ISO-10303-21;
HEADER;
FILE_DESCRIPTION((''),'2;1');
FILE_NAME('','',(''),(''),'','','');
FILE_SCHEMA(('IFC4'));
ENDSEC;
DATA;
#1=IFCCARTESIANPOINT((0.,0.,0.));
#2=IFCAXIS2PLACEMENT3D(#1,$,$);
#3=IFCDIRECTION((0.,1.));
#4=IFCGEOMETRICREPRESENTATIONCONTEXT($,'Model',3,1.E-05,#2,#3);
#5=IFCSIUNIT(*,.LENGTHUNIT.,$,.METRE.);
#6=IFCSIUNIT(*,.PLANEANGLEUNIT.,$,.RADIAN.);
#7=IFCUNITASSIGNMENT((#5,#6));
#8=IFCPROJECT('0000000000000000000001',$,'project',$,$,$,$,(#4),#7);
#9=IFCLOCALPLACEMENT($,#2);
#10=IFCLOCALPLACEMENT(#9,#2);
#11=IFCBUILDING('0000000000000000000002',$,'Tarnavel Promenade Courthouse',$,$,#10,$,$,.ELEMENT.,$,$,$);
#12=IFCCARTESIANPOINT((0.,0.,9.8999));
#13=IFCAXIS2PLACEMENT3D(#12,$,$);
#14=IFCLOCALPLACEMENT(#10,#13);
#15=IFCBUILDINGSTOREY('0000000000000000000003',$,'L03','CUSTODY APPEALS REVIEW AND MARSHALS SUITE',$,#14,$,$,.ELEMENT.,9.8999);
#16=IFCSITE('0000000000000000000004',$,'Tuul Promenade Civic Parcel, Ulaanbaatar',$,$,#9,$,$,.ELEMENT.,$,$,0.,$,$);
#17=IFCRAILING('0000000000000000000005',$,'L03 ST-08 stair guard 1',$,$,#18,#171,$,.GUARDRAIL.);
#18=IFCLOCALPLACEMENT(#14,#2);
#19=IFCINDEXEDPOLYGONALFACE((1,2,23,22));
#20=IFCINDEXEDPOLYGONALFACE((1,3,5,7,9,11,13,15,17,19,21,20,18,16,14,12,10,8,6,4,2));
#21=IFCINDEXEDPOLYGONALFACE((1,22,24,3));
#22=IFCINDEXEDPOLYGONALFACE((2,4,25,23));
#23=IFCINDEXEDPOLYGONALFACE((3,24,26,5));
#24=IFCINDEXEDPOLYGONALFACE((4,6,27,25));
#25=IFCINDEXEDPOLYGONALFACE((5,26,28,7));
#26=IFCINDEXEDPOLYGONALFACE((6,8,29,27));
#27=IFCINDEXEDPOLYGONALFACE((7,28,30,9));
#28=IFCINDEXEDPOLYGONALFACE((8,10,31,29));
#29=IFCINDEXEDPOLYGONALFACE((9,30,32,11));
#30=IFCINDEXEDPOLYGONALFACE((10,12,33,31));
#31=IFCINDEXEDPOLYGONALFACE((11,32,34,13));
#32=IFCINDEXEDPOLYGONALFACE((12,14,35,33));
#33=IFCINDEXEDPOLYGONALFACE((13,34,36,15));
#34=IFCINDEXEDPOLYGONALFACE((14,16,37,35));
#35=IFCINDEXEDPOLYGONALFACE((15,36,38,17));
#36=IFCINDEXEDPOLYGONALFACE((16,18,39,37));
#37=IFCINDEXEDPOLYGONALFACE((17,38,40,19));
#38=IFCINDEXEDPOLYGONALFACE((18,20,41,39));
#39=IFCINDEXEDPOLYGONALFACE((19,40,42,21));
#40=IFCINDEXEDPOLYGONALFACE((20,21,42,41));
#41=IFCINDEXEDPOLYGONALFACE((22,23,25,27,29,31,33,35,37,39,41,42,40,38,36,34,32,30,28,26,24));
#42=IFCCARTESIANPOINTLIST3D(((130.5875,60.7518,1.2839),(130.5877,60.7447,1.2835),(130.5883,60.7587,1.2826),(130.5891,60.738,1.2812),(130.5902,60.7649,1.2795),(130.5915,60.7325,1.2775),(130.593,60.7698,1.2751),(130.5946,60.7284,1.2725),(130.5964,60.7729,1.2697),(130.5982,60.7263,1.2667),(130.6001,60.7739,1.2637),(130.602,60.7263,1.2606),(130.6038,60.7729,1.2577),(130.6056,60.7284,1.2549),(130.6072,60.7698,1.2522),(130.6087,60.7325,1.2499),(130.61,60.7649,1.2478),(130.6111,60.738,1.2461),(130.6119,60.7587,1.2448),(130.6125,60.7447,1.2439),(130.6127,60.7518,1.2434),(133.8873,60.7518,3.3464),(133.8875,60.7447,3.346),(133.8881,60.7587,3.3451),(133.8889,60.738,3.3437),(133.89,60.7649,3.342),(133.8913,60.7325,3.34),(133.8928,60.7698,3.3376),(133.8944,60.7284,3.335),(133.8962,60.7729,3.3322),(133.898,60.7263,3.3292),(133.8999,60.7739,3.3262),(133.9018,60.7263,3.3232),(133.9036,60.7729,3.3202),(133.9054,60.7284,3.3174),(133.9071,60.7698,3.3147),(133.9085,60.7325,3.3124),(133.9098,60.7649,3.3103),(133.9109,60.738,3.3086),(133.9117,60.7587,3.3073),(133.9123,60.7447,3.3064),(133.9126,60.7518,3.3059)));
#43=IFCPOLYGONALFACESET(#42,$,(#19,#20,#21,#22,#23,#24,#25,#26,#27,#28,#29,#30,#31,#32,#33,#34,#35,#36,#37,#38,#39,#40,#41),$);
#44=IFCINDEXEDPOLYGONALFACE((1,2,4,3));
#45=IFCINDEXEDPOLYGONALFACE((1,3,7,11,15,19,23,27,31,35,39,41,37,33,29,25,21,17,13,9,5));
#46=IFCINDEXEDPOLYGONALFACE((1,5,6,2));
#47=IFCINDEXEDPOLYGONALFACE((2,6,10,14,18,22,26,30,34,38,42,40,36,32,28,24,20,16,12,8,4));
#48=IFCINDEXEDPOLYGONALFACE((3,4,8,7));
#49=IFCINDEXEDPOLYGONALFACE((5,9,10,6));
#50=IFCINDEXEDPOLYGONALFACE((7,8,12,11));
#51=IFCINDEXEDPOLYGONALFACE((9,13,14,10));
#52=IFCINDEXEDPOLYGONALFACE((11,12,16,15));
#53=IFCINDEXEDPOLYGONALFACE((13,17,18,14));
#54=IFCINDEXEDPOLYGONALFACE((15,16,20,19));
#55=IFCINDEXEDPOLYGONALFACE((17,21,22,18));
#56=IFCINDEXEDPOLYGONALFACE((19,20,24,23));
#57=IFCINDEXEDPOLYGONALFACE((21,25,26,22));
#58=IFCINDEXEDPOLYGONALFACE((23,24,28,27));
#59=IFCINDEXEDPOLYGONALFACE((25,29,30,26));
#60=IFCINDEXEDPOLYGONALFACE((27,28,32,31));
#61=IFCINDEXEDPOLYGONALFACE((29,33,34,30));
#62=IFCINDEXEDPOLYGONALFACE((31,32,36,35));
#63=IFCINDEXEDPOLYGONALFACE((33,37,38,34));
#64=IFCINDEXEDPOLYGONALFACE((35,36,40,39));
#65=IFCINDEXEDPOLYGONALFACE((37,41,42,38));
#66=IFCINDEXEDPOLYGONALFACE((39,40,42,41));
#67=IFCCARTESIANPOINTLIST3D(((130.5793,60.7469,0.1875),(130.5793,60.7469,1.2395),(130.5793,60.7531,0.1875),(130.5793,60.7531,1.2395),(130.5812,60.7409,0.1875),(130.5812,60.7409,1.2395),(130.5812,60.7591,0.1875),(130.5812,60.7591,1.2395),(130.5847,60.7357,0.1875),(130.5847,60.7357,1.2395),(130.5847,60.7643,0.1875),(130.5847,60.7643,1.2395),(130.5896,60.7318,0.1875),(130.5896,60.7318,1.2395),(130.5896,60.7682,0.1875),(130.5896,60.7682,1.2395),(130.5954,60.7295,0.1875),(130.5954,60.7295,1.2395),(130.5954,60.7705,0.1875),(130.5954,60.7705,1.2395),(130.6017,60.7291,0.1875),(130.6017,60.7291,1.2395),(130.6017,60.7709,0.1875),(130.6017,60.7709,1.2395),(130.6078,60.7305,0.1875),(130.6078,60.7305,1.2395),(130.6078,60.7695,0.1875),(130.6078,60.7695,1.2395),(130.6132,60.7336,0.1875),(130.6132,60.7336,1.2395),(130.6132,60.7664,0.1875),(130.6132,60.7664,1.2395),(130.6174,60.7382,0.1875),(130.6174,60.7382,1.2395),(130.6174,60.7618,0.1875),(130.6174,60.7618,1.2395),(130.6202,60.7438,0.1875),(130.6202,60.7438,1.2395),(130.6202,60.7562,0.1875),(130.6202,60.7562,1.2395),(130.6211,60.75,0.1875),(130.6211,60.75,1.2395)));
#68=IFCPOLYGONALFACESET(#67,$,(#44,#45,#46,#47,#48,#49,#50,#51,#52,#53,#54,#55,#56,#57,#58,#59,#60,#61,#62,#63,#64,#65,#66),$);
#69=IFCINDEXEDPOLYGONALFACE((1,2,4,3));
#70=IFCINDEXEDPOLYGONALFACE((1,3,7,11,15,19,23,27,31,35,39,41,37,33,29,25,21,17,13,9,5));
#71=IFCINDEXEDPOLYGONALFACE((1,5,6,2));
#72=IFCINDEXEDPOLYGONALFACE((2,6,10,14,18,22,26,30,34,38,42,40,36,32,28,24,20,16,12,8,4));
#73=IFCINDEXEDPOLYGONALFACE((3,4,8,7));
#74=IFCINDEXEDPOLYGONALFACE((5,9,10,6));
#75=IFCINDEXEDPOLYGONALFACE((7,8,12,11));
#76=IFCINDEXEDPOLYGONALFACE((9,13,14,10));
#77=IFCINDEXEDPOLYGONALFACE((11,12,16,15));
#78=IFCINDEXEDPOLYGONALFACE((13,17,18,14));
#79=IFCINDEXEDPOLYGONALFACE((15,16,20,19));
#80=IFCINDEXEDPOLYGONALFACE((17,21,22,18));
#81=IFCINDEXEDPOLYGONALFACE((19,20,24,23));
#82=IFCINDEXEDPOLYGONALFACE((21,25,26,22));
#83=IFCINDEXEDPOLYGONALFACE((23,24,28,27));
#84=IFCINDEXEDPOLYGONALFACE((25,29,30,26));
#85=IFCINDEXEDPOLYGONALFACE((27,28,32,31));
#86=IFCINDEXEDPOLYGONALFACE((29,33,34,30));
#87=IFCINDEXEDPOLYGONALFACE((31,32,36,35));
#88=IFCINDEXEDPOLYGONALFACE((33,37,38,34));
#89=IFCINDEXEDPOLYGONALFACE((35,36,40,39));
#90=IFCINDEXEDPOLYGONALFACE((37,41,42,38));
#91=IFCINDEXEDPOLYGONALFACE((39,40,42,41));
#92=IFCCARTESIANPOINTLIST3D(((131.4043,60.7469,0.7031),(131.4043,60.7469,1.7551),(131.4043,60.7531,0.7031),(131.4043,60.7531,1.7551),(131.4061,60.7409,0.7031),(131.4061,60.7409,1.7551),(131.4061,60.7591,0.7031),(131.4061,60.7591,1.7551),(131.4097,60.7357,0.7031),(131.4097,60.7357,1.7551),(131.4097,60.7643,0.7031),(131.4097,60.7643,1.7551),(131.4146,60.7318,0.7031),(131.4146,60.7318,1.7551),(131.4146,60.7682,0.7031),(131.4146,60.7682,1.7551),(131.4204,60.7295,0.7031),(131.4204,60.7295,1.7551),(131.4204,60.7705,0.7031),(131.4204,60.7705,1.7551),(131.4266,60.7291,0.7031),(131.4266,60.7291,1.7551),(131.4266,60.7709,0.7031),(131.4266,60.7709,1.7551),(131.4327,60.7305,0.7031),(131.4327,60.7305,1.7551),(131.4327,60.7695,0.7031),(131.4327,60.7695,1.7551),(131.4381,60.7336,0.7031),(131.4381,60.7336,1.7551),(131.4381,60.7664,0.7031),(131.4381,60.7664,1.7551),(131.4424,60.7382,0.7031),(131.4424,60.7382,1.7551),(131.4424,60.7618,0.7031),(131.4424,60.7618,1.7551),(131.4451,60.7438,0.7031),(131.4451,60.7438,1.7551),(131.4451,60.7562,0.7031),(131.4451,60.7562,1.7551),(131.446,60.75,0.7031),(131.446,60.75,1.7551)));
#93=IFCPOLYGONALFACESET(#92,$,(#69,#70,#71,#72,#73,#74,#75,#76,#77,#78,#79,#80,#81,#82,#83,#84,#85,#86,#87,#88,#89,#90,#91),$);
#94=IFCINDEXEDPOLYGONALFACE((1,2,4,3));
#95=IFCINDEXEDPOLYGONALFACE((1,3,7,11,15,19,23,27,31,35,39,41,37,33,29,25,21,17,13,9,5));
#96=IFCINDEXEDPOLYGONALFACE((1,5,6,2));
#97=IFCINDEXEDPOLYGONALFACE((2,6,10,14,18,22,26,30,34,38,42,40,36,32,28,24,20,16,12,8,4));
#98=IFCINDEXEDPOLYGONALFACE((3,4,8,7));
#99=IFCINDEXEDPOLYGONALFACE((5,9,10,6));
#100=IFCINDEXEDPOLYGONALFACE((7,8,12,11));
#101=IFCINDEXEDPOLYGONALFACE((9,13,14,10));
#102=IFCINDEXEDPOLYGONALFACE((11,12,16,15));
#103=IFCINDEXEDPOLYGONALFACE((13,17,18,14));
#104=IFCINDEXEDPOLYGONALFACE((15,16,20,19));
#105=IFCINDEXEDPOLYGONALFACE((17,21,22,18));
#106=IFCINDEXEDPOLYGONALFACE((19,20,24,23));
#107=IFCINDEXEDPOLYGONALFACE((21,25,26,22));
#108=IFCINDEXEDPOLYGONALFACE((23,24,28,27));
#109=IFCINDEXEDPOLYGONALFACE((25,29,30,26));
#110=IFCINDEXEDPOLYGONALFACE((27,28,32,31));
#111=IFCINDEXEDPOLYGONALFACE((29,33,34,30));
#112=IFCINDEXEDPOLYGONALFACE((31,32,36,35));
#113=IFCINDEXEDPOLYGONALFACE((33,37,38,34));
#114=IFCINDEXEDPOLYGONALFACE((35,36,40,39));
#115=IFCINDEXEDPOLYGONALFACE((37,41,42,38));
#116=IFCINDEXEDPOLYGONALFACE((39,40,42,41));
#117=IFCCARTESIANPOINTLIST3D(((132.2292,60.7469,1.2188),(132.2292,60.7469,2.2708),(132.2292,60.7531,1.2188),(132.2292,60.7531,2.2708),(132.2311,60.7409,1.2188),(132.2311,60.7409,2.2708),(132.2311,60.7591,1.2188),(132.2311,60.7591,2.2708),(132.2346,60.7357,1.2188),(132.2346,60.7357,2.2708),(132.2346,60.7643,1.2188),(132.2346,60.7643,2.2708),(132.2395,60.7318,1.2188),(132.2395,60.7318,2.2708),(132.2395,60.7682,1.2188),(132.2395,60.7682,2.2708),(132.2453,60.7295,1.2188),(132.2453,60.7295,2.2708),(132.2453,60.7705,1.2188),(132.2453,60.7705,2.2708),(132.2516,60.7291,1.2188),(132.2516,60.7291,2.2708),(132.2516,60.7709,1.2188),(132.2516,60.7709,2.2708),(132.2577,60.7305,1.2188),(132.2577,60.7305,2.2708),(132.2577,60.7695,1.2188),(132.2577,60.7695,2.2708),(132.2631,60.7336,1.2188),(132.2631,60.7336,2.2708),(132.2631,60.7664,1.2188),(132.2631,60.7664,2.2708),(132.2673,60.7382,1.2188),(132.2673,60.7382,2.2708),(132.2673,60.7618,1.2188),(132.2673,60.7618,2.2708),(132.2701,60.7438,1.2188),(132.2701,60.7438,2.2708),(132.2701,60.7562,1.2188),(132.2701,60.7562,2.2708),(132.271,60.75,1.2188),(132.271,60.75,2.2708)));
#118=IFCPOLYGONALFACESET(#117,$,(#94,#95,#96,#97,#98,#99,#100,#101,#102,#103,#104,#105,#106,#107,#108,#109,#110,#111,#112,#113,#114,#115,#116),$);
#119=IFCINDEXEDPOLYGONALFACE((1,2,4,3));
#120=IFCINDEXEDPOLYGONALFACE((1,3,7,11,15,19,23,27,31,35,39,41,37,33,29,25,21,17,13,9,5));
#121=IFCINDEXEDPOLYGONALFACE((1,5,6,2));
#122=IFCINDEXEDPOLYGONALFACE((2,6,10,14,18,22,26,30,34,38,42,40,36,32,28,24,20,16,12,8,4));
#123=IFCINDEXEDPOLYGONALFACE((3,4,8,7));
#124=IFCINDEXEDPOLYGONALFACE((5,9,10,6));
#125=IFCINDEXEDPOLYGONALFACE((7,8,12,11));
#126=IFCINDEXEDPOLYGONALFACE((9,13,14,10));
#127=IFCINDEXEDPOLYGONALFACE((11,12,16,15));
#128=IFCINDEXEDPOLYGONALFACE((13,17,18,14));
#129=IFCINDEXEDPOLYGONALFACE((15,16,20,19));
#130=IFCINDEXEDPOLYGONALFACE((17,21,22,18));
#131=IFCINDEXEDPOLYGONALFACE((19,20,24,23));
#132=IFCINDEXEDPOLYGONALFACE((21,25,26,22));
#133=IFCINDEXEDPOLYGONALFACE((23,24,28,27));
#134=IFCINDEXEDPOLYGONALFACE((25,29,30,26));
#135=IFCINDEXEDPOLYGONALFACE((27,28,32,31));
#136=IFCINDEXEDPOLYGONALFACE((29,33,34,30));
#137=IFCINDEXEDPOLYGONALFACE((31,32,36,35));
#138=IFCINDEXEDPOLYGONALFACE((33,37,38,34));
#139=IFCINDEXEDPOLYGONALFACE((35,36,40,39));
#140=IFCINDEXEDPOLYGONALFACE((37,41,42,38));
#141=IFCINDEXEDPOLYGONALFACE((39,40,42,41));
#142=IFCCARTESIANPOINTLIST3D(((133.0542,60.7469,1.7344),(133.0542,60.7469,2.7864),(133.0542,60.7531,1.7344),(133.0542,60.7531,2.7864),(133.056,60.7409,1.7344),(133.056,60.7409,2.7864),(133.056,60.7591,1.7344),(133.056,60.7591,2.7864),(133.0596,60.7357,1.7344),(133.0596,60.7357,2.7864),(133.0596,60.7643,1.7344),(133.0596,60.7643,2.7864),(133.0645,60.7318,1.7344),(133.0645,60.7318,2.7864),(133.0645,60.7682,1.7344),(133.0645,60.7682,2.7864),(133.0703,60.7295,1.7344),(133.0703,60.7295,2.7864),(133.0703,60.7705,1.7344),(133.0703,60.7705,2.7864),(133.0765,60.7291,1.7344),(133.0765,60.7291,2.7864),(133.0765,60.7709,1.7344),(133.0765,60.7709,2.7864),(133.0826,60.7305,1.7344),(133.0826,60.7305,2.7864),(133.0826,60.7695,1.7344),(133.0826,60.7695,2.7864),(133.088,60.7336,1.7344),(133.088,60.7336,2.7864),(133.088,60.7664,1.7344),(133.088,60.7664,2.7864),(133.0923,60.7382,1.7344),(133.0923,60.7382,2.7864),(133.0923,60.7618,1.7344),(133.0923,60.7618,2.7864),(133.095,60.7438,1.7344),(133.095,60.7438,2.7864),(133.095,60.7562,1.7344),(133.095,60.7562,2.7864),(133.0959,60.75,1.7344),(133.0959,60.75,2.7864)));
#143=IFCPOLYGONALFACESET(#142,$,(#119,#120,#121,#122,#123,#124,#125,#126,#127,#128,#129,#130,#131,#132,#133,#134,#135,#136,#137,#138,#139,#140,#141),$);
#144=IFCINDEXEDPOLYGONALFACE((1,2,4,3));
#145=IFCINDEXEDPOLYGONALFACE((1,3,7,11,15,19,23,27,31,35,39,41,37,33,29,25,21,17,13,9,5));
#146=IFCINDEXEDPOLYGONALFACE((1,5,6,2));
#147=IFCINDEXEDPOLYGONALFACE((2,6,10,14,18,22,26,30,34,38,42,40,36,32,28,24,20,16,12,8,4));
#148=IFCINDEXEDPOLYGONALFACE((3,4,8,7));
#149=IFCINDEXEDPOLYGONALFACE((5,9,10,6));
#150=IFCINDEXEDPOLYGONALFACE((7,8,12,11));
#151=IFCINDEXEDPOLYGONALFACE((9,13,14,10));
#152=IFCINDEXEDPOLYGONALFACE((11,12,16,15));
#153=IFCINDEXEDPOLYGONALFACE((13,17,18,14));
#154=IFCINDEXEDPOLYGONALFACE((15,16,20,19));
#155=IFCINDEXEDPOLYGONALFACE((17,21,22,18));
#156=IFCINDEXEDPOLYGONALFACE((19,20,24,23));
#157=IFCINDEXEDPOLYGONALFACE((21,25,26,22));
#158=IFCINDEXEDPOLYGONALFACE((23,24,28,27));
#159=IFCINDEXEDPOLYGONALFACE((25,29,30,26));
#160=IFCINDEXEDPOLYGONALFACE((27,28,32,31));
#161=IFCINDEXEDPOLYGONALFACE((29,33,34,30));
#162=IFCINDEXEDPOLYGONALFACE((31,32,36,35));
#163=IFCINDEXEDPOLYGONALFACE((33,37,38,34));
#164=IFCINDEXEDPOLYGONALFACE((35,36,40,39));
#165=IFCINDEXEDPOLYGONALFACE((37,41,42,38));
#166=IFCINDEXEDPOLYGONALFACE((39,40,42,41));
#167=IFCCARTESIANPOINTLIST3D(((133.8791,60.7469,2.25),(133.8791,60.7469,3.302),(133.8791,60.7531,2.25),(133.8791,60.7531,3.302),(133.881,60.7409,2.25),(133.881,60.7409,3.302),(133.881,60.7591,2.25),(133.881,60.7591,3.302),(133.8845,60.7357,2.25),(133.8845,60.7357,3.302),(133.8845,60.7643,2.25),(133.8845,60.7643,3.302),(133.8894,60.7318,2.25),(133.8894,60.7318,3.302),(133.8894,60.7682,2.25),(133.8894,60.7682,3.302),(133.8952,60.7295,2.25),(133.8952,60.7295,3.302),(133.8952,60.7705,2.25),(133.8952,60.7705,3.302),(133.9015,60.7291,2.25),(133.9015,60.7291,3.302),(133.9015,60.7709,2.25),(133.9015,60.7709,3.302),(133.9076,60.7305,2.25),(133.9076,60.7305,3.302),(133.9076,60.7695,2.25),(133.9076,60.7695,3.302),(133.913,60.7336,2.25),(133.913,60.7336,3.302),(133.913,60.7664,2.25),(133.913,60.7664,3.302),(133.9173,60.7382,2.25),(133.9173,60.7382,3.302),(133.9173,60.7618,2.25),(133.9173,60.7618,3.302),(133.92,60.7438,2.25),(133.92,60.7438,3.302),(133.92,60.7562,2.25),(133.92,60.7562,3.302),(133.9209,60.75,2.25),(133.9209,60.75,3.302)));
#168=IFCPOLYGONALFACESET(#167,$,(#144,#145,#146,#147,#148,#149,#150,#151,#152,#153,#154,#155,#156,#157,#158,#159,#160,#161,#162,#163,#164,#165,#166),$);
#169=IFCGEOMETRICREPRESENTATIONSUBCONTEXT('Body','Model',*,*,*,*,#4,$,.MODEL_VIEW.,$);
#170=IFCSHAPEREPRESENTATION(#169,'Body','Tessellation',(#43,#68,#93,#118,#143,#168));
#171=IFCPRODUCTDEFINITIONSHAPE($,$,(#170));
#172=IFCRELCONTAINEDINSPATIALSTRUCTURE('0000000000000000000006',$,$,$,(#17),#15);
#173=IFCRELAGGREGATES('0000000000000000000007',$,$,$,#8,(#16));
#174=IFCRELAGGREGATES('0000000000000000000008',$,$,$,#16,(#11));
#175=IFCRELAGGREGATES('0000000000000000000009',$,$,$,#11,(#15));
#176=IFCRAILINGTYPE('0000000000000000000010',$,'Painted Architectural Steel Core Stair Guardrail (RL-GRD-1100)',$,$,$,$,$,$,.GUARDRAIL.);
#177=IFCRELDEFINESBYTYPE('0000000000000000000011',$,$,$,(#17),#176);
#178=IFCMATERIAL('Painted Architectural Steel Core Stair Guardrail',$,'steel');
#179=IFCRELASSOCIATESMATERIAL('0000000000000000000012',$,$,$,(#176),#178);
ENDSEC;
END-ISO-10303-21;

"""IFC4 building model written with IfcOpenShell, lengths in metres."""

from ifc_helpers import new_model, si_unit, direction, frame, origin, origin_2d, place, context, subcontext, project, spatial, circle, extrude, material, type_object, element, save


model = new_model("IFC4")

# Units and contexts
model_context = context("Model", 3, precision=1e-05, world=origin(), true_north=direction((0.0, 1.0)))
body_context = subcontext(model_context, "Body", "Model", "MODEL_VIEW")
ifc_project = project(units=[si_unit("LENGTHUNIT", "METRE"), si_unit("PLANEANGLEUNIT", "RADIAN")], contexts=[model_context])

# Site, building, storey
site_placement = place(None, origin())
site = spatial("IfcSite", under=ifc_project, at=site_placement, Name="Tuul Promenade Civic Parcel, Ulaanbaatar", CompositionType="ELEMENT", RefElevation=0.0)
building_placement = place(site_placement, origin())
building = spatial("IfcBuilding", under=site, at=building_placement, Name="Tarnavel Promenade Courthouse", CompositionType="ELEMENT")
storey_placement = place(building_placement, frame((0.0, 0.0, 9.8999)))
storey = spatial("IfcBuildingStorey", under=building, at=storey_placement, Name="L03", Description="CUSTODY APPEALS REVIEW AND MARSHALS SUITE", CompositionType="ELEMENT", Elevation=9.8999)

# Railing
ifc_material_1 = material(Name="Painted Architectural Steel Core Stair Guardrail", Category="steel")
railing_type_1 = type_object("IfcRailingType", Name="Painted Architectural Steel Core Stair Guardrail (RL-GRD-1100)", PredefinedType="GUARDRAIL", material=ifc_material_1)
railing_1_placement = place(storey_placement, frame((130.6001, 60.75, 0.1875)))
element("IfcRailing", 1, at=railing_1_placement, inside=storey, type_object=railing_type_1, Name="L03 ST-08 stair guard 1", PredefinedType="GUARDRAIL", context=body_context, shape_type="SweptSolid", body=[
    extrude(circle(Radius=0.0239, at=origin_2d()), frame((0.0, 0.0, 1.0762), z_axis=(0.847984, 0.0, 0.530021), x_axis=(0.0, 1.0, 0.0)), (0.0, 0.0, 1.0), 3.8914),
    extrude(circle(Radius=0.021, at=origin_2d()), origin(), (0.0, 0.0, 1.0), 1.052),
    extrude(circle(Radius=0.021, at=origin_2d()), frame((0.825, 0.0, 0.5156)), (0.0, 0.0, 1.0), 1.052),
    extrude(circle(Radius=0.021, at=origin_2d()), frame((1.6499, 0.0, 1.0312)), (0.0, 0.0, 1.0), 1.052),
    extrude(circle(Radius=0.021, at=origin_2d()), frame((2.4749, 0.0, 1.5469)), (0.0, 0.0, 1.0), 1.052),
    extrude(circle(Radius=0.021, at=origin_2d()), frame((3.2998, 0.0, 2.0625)), (0.0, 0.0, 1.0), 1.052),
])

save(model, "model.ifc")
